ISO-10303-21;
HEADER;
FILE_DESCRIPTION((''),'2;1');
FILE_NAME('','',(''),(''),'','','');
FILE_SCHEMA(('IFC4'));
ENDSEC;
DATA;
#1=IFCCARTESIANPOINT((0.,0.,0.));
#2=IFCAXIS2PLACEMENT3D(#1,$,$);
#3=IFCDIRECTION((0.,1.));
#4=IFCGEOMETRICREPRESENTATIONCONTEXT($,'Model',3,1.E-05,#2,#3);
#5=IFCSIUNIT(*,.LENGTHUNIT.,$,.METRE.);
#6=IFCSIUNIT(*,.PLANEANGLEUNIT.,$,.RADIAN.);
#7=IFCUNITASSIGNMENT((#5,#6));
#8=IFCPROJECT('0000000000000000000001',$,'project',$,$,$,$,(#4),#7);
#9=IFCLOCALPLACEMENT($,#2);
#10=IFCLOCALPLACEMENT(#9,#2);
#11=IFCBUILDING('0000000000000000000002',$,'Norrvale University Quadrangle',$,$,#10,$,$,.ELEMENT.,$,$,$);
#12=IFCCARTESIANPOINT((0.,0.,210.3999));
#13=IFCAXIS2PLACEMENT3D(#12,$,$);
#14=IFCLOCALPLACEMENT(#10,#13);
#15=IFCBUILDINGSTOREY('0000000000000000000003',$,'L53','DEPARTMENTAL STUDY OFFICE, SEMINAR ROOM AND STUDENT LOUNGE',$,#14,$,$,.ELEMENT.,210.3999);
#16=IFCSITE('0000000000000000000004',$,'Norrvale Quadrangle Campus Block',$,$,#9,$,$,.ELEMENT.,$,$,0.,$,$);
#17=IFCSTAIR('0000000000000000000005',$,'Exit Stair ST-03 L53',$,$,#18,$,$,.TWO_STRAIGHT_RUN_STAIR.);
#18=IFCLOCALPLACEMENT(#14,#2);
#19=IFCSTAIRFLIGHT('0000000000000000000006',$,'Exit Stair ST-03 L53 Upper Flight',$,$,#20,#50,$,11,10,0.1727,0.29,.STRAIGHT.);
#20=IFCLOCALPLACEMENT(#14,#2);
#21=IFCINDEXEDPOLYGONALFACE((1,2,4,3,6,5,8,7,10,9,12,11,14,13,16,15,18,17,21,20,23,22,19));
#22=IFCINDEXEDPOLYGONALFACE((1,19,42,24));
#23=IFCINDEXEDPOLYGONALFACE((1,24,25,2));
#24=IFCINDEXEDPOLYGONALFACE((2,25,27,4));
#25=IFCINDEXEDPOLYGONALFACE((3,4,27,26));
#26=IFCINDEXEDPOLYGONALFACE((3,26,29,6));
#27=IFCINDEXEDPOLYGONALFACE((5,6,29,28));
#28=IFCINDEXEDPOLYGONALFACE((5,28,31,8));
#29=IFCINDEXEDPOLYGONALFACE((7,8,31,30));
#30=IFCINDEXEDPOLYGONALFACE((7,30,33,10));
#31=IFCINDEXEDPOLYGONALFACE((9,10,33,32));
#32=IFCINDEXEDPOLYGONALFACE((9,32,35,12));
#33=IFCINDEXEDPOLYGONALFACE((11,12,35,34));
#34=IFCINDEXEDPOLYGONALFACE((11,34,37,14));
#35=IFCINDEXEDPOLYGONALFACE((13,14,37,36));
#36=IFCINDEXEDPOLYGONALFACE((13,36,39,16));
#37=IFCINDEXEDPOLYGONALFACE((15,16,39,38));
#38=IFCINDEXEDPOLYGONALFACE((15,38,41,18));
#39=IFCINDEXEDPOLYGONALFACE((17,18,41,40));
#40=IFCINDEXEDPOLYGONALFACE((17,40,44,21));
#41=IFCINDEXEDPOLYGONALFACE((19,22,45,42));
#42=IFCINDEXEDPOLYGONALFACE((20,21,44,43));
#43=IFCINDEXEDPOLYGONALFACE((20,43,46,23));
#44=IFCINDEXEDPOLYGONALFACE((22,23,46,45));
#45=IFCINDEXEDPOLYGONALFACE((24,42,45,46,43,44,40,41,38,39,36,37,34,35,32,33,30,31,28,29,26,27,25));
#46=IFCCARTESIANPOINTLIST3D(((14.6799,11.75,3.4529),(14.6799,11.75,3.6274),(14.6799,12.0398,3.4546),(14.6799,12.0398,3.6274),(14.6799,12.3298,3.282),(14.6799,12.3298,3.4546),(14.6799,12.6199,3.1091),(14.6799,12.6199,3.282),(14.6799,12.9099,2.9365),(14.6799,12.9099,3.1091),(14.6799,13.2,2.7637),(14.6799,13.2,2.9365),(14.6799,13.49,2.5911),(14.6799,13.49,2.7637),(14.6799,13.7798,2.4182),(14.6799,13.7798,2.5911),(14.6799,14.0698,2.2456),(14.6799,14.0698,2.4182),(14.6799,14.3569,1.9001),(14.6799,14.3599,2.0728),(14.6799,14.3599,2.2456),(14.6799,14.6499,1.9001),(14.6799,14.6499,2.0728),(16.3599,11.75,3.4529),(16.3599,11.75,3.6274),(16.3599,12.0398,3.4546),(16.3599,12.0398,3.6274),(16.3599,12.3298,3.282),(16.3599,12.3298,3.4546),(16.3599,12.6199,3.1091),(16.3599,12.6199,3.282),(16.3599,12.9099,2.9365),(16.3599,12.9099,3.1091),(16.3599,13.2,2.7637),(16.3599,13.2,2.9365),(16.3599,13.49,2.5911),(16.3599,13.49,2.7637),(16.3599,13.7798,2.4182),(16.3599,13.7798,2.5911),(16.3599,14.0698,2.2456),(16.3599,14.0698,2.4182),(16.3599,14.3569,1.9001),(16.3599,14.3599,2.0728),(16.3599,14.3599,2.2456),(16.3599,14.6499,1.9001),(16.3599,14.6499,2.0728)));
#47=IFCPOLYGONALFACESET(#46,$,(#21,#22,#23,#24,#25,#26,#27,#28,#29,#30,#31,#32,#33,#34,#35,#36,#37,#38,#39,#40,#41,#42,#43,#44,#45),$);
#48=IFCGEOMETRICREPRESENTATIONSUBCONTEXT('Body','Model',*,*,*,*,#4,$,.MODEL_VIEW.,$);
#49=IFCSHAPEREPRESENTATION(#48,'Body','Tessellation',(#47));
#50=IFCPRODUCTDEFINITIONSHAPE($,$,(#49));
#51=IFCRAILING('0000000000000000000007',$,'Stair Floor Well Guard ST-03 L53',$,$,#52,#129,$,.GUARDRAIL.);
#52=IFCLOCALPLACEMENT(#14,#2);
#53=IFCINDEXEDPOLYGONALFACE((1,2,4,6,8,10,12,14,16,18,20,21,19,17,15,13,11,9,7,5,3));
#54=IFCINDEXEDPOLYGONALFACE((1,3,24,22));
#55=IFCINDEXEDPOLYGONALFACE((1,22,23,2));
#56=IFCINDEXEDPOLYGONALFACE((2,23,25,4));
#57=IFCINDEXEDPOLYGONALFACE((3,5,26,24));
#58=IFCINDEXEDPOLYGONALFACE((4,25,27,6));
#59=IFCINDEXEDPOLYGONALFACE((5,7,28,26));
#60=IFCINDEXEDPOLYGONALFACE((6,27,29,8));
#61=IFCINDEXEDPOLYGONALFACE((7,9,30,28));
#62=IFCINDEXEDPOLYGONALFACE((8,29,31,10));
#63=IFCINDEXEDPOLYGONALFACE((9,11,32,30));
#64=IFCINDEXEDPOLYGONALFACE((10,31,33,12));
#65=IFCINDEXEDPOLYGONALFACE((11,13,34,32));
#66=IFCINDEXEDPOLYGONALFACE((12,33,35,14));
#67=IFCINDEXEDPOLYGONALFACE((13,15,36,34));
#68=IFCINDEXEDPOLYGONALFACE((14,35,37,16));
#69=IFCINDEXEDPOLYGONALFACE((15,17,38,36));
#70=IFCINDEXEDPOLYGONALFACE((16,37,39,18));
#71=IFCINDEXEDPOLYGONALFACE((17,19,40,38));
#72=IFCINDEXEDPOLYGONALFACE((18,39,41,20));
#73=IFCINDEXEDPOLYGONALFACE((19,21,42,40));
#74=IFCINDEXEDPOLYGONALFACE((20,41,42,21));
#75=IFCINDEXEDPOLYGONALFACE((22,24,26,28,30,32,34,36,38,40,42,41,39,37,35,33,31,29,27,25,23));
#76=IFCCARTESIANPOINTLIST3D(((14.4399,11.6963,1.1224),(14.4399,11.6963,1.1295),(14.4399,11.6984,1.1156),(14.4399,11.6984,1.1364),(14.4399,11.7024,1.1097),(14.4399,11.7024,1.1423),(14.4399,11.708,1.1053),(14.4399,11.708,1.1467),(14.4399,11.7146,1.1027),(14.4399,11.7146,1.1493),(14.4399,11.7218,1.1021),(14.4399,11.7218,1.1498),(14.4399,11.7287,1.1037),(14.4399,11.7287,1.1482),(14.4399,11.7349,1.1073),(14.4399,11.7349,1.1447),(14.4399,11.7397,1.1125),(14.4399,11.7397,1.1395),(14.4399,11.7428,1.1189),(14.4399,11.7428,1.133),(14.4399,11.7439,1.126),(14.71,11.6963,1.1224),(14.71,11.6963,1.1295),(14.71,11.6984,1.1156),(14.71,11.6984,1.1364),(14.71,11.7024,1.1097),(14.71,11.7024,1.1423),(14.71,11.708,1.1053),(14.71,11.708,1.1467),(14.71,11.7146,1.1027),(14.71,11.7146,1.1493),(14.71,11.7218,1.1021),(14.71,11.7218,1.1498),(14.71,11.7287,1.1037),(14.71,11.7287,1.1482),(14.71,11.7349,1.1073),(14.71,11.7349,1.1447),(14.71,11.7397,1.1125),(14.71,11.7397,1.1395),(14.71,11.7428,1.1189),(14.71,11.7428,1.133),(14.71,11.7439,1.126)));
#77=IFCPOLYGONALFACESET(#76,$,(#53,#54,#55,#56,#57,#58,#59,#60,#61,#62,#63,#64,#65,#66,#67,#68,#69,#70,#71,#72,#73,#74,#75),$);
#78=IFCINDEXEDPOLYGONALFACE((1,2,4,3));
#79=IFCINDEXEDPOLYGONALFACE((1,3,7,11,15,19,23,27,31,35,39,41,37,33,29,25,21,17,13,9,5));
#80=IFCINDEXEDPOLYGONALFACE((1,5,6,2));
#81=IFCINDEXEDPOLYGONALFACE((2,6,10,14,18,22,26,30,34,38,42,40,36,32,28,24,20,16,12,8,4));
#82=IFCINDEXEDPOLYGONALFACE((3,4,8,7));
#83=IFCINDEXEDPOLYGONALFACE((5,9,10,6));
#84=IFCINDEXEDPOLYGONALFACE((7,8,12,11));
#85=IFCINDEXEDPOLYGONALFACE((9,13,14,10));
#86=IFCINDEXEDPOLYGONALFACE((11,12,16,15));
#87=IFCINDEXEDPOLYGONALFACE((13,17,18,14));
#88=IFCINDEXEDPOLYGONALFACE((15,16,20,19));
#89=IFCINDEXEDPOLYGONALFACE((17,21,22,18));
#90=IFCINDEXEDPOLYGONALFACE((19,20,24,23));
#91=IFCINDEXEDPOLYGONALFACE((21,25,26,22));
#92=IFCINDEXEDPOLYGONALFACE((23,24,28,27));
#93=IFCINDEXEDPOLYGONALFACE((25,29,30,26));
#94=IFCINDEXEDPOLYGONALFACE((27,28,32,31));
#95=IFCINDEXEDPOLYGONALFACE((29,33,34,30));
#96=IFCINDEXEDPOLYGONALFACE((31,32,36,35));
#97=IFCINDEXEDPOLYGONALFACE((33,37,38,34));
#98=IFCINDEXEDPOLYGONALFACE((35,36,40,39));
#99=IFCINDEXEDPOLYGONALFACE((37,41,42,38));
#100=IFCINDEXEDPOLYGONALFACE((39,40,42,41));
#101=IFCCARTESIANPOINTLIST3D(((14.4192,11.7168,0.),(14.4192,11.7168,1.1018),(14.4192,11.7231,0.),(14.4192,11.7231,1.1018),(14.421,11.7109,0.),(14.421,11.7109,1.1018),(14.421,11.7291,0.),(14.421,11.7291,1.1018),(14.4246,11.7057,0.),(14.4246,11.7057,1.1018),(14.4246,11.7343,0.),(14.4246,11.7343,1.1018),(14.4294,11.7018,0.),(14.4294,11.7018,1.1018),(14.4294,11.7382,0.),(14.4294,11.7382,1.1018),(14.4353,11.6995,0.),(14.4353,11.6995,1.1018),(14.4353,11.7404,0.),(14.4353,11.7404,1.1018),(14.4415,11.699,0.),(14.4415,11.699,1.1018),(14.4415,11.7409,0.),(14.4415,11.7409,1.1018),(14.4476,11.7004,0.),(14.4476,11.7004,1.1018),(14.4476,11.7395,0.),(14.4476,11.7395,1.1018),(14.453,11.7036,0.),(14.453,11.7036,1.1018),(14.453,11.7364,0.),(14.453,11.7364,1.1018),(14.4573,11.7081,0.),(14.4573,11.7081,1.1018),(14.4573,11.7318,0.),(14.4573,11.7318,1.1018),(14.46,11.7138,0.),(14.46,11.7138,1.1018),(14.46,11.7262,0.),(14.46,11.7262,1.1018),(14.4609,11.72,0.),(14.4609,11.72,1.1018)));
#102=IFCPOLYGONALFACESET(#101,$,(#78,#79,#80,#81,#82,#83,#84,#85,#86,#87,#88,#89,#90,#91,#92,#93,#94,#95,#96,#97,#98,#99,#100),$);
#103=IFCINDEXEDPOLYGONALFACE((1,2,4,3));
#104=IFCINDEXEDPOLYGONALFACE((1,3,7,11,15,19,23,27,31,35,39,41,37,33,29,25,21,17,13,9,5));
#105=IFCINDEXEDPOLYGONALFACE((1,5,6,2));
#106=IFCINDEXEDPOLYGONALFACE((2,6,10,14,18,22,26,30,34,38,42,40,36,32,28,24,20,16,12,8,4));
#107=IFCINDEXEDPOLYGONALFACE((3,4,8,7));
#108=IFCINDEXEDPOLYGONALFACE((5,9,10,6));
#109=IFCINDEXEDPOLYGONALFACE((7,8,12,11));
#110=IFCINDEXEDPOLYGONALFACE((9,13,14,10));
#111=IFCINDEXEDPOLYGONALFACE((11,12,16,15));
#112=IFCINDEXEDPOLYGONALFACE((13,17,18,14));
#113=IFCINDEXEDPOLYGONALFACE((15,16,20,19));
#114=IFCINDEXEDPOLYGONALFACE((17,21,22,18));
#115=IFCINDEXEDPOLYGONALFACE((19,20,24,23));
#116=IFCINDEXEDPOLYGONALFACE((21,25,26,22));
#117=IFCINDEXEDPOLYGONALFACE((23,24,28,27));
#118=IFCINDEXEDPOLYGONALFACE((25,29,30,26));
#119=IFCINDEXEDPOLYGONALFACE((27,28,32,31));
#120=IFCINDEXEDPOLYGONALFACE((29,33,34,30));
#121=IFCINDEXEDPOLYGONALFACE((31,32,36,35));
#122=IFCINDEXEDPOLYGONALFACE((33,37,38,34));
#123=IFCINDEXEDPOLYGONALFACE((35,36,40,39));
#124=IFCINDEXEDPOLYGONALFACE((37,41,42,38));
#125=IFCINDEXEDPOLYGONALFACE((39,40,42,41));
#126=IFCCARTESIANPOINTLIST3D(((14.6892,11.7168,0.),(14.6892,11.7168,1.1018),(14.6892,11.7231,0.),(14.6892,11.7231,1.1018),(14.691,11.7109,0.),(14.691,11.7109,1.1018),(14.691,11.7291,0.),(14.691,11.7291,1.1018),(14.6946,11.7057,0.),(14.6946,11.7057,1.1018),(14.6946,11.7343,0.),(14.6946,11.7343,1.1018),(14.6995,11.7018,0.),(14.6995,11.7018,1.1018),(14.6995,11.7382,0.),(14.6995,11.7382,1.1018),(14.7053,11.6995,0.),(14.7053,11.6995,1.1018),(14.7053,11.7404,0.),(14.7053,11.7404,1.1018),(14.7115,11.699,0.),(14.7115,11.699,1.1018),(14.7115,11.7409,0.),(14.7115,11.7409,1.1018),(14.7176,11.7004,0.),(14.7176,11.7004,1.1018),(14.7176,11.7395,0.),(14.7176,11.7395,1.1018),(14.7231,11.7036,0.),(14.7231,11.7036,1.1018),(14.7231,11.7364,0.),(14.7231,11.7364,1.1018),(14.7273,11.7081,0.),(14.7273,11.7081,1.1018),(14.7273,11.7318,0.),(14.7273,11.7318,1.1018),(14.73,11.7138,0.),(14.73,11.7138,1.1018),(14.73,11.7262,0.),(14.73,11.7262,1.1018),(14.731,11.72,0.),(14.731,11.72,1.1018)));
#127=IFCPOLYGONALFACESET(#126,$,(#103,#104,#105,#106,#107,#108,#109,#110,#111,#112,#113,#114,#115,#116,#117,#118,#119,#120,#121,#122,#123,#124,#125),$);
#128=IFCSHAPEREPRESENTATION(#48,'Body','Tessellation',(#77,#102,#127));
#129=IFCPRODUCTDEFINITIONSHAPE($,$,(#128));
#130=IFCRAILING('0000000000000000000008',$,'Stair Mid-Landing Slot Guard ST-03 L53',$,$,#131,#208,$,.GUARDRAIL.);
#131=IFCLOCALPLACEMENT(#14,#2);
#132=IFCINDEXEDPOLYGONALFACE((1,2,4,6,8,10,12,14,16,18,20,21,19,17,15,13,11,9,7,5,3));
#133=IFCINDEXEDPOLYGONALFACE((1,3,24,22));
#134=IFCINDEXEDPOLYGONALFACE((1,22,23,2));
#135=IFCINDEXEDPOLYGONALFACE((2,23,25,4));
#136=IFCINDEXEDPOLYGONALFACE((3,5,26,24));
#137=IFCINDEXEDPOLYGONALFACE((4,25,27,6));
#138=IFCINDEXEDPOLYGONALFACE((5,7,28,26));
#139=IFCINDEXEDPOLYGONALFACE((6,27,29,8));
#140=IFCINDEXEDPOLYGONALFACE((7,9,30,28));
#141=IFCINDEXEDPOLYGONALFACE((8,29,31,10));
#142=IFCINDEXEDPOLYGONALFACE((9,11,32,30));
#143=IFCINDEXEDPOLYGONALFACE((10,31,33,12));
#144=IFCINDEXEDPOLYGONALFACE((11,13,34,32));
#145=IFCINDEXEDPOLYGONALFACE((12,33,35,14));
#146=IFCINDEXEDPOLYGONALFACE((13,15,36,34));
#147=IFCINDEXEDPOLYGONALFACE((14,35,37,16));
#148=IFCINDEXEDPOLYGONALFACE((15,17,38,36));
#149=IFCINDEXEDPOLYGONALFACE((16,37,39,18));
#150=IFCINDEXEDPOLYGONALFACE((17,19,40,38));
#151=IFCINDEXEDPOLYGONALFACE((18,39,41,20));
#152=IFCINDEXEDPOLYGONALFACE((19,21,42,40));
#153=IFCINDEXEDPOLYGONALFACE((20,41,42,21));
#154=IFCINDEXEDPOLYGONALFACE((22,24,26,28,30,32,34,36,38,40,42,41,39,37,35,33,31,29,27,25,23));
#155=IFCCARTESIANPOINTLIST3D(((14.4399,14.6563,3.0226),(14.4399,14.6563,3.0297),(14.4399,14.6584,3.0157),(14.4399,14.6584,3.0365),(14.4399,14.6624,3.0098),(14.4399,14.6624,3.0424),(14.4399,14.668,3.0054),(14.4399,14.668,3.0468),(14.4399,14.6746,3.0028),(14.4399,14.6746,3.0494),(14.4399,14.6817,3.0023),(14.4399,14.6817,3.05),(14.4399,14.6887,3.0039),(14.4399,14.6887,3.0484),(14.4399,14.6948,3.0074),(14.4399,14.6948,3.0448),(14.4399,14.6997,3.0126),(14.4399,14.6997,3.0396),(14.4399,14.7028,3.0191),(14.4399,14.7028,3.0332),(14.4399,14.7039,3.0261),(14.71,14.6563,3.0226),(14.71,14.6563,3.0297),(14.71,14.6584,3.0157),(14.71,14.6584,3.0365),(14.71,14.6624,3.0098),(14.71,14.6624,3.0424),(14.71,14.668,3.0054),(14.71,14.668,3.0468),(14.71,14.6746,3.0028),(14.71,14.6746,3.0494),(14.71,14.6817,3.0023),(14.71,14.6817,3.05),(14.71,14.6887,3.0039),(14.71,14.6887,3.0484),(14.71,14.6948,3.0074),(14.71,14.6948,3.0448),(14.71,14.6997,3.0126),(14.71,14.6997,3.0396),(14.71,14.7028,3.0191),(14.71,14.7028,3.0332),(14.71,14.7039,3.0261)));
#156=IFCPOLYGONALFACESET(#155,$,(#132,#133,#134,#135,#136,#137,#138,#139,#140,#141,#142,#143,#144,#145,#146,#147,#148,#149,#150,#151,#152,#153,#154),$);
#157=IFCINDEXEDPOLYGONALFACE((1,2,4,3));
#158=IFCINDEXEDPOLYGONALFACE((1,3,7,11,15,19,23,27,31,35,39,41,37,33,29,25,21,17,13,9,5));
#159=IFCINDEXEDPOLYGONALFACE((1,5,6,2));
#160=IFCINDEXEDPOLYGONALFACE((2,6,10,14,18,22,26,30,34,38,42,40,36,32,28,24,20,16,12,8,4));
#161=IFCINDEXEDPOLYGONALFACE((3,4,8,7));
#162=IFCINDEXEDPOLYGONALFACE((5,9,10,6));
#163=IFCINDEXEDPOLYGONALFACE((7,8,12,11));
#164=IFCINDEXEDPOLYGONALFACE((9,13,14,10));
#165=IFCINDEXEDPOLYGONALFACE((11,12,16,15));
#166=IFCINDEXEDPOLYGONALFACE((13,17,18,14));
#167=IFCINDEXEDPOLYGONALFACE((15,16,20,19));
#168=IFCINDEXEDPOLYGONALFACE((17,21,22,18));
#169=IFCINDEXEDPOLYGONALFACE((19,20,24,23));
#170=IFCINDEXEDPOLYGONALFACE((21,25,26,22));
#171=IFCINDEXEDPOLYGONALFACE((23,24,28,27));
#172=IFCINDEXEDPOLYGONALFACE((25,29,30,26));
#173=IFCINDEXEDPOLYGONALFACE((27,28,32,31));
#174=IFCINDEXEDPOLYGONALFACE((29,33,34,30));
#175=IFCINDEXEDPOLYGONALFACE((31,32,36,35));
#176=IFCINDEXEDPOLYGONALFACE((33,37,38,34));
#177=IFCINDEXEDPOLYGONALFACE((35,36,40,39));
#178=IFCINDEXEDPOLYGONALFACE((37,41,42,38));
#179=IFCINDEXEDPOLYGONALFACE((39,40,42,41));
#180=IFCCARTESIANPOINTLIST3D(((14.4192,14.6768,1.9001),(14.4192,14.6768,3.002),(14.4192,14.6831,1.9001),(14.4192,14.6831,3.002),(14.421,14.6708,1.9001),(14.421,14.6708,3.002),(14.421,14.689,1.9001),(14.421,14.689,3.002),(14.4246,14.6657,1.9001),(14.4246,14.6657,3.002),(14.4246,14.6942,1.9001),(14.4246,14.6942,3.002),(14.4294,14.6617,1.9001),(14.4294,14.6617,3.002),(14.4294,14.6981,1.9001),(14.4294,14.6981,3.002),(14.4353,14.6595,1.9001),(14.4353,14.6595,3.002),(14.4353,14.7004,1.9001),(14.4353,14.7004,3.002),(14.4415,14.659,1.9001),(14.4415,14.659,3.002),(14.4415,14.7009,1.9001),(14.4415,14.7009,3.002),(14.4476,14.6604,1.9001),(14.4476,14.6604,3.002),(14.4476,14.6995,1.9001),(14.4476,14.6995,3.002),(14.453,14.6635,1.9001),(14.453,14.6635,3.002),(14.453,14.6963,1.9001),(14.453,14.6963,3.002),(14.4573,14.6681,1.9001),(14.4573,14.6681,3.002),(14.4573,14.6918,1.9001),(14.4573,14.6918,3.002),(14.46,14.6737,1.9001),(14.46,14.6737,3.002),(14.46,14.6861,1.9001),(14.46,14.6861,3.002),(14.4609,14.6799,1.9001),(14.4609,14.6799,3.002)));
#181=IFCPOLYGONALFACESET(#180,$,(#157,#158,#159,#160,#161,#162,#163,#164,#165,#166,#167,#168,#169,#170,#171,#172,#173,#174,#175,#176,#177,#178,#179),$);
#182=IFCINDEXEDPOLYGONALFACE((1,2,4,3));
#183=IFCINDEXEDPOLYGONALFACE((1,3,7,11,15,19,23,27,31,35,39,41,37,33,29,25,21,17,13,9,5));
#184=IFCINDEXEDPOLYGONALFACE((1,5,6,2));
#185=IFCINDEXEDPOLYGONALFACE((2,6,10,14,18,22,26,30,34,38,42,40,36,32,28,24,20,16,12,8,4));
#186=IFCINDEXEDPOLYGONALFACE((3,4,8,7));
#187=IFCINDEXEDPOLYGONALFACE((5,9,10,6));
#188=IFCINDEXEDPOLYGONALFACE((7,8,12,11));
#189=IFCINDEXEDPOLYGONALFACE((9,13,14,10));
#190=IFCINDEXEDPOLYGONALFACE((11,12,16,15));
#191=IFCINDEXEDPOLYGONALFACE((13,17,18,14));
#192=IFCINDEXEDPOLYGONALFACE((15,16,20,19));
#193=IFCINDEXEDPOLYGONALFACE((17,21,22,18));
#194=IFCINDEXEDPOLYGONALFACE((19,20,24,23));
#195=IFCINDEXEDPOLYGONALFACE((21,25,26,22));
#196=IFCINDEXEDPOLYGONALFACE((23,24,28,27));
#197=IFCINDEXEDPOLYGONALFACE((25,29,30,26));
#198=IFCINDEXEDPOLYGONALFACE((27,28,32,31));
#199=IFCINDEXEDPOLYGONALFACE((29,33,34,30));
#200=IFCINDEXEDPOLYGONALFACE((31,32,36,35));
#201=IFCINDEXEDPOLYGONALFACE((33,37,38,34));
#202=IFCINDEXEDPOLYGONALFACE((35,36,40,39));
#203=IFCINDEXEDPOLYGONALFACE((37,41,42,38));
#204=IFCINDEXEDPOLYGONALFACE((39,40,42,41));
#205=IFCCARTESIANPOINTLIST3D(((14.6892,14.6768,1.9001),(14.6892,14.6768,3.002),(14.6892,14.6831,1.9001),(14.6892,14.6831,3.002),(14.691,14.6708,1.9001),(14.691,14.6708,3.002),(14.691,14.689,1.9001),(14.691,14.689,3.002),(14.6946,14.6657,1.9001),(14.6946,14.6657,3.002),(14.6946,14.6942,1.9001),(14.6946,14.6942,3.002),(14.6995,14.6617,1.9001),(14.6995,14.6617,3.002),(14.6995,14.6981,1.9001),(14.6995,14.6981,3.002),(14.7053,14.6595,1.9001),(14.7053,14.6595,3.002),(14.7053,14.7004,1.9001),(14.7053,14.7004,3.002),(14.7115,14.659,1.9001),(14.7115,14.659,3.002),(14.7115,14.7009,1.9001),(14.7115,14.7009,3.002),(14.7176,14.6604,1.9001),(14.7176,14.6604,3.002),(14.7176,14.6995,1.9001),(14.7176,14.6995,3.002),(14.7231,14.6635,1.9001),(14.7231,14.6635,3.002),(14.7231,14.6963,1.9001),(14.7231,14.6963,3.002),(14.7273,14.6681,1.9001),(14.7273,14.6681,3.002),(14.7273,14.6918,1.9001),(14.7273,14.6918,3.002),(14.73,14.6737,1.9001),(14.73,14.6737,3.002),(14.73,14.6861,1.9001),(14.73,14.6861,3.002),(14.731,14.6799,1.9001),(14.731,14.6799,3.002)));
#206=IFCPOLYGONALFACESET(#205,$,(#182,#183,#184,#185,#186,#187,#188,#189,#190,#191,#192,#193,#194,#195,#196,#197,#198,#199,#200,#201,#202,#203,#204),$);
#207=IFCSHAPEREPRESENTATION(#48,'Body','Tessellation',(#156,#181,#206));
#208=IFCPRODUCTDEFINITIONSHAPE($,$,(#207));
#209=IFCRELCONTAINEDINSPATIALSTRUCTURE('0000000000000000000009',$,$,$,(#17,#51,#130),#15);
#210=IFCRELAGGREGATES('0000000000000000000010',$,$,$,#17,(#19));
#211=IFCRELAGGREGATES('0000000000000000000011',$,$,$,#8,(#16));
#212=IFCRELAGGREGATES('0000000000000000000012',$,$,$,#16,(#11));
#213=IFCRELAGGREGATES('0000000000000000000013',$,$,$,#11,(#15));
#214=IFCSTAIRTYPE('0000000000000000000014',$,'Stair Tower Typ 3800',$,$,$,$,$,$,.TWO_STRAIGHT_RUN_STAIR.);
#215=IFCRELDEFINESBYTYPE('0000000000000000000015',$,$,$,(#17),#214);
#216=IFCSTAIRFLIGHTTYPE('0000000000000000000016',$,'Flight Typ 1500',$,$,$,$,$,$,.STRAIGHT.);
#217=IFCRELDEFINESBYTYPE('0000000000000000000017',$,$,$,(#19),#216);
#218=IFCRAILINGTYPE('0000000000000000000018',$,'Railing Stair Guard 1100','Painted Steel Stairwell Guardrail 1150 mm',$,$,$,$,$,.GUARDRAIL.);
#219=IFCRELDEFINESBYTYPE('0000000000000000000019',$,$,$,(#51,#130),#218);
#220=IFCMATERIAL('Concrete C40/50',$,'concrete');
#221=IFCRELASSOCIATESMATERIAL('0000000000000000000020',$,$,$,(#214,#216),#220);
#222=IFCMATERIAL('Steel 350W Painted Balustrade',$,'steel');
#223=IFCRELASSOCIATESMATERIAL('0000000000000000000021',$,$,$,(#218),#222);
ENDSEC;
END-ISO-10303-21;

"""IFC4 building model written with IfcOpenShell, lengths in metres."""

from ifc_helpers import new_model, si_unit, direction, frame, origin, origin_2d, place, context, subcontext, project, spatial, polyline, circle, outline, extrude, material, type_object, element, aggregate, save


model = new_model("IFC4")

# Units and contexts
model_context = context("Model", 3, precision=1e-05, world=origin(), true_north=direction((0.0, 1.0)))
body_context = subcontext(model_context, "Body", "Model", "MODEL_VIEW")
ifc_project = project(units=[si_unit("LENGTHUNIT", "METRE"), si_unit("PLANEANGLEUNIT", "RADIAN")], contexts=[model_context])

# Site, building, storey
site_placement = place(None, origin())
site = spatial("IfcSite", under=ifc_project, at=site_placement, Name="Norrvale Quadrangle Campus Block", CompositionType="ELEMENT", RefElevation=0.0)
building_placement = place(site_placement, origin())
building = spatial("IfcBuilding", under=site, at=building_placement, Name="Norrvale University Quadrangle", CompositionType="ELEMENT")
storey_placement = place(building_placement, frame((0.0, 0.0, 210.3999)))
storey = spatial("IfcBuildingStorey", under=building, at=storey_placement, Name="L53", Description="DEPARTMENTAL STUDY OFFICE, SEMINAR ROOM AND STUDENT LOUNGE", CompositionType="ELEMENT", Elevation=210.3999)

# Stair, stair flight
ifc_material_1 = material(Name="Concrete C40/50", Category="concrete")
stair_type = type_object("IfcStairType", Name="Stair Tower Typ 3800", PredefinedType="TWO_STRAIGHT_RUN_STAIR", material=ifc_material_1)
stair_placement = place(storey_placement, origin())
stair = element("IfcStair", 1, at=stair_placement, inside=storey, type_object=stair_type, Name="Exit Stair ST-03 L53", PredefinedType="TWO_STRAIGHT_RUN_STAIR")
stair_flight_type = type_object("IfcStairFlightType", Name="Flight Typ 1500", PredefinedType="STRAIGHT", material=ifc_material_1)
stair_flight_1_placement = place(storey_placement, frame((15.52, 14.6499, 1.9001), z_axis=(0.0, 0.0, 1.0), x_axis=(0.0, -1.0, 0.0)))
stair_flight_1 = element("IfcStairFlight", 2, at=stair_flight_1_placement, type_object=stair_flight_type, Name="Exit Stair ST-03 L53 Upper Flight", NumberOfRisers=11, NumberOfTreads=10, PredefinedType="STRAIGHT", RiserHeight=0.1727, TreadLength=0.29, context=body_context, shape_type="SweptSolid", body=[
    extrude(outline(polyline([(0.0, 0.0), (0.0, 0.1726), (0.29, 0.1726), (0.29, 0.3455), (0.5801, 0.3455), (0.5801, 0.5181), (0.8701, 0.5181), (0.8701, 0.6909), (1.1599, 0.6909), (1.1599, 0.8635), (1.45, 0.8635), (1.45, 1.0364), (1.74, 1.0364), (1.74, 1.209), (2.03, 1.209), (2.03, 1.3818), (2.3201, 1.3818), (2.3201, 1.5544), (2.6101, 1.5544), (2.6101, 1.7273), (2.8999, 1.7273), (2.8999, 1.8999), (2.8999, 1.5527), (0.293, 0.0), (0.0, 0.0)])), frame((0.0, 0.8398, 0.0), z_axis=(0.0, -1.0, 0.0), x_axis=(1.0, 0.0, 0.0)), (0.0, 0.0, 1.0), 1.6799),
])
aggregate(stair, [stair_flight_1])

# Railings
ifc_material_2 = material(Name="Steel 350W Painted Balustrade", Category="steel")
railing_type_1 = type_object("IfcRailingType", Name="Railing Stair Guard 1100", Description="Painted Steel Stairwell Guardrail 1150 mm", PredefinedType="GUARDRAIL", material=ifc_material_2)
for number, where, name in (
    (3, (14.4399, 11.72, 0.0), "Stair Floor Well Guard ST-03 L53"),
    (4, (14.4399, 14.6799, 1.9001), "Stair Mid-Landing Slot Guard ST-03 L53"),
):
    element("IfcRailing", number, at=place(storey_placement, frame(where)), inside=storey, type_object=railing_type_1, Name=name, PredefinedType="GUARDRAIL", context=body_context, shape_type="SweptSolid", body=[
        extrude(circle(Radius=0.0239, at=origin_2d()), frame((0.0, 0.0, 1.126), z_axis=(1.0, 0.0, 0.0), x_axis=(0.0, 1.0, 0.0)), (0.0, 0.0, 1.0), 0.27),
        extrude(circle(Radius=0.021, at=origin_2d()), origin(), (0.0, 0.0, 1.0), 1.1018),
        extrude(circle(Radius=0.021, at=origin_2d()), frame((0.27, 0.0, 0.0)), (0.0, 0.0, 1.0), 1.1018),
    ])

save(model, "model.ifc")
